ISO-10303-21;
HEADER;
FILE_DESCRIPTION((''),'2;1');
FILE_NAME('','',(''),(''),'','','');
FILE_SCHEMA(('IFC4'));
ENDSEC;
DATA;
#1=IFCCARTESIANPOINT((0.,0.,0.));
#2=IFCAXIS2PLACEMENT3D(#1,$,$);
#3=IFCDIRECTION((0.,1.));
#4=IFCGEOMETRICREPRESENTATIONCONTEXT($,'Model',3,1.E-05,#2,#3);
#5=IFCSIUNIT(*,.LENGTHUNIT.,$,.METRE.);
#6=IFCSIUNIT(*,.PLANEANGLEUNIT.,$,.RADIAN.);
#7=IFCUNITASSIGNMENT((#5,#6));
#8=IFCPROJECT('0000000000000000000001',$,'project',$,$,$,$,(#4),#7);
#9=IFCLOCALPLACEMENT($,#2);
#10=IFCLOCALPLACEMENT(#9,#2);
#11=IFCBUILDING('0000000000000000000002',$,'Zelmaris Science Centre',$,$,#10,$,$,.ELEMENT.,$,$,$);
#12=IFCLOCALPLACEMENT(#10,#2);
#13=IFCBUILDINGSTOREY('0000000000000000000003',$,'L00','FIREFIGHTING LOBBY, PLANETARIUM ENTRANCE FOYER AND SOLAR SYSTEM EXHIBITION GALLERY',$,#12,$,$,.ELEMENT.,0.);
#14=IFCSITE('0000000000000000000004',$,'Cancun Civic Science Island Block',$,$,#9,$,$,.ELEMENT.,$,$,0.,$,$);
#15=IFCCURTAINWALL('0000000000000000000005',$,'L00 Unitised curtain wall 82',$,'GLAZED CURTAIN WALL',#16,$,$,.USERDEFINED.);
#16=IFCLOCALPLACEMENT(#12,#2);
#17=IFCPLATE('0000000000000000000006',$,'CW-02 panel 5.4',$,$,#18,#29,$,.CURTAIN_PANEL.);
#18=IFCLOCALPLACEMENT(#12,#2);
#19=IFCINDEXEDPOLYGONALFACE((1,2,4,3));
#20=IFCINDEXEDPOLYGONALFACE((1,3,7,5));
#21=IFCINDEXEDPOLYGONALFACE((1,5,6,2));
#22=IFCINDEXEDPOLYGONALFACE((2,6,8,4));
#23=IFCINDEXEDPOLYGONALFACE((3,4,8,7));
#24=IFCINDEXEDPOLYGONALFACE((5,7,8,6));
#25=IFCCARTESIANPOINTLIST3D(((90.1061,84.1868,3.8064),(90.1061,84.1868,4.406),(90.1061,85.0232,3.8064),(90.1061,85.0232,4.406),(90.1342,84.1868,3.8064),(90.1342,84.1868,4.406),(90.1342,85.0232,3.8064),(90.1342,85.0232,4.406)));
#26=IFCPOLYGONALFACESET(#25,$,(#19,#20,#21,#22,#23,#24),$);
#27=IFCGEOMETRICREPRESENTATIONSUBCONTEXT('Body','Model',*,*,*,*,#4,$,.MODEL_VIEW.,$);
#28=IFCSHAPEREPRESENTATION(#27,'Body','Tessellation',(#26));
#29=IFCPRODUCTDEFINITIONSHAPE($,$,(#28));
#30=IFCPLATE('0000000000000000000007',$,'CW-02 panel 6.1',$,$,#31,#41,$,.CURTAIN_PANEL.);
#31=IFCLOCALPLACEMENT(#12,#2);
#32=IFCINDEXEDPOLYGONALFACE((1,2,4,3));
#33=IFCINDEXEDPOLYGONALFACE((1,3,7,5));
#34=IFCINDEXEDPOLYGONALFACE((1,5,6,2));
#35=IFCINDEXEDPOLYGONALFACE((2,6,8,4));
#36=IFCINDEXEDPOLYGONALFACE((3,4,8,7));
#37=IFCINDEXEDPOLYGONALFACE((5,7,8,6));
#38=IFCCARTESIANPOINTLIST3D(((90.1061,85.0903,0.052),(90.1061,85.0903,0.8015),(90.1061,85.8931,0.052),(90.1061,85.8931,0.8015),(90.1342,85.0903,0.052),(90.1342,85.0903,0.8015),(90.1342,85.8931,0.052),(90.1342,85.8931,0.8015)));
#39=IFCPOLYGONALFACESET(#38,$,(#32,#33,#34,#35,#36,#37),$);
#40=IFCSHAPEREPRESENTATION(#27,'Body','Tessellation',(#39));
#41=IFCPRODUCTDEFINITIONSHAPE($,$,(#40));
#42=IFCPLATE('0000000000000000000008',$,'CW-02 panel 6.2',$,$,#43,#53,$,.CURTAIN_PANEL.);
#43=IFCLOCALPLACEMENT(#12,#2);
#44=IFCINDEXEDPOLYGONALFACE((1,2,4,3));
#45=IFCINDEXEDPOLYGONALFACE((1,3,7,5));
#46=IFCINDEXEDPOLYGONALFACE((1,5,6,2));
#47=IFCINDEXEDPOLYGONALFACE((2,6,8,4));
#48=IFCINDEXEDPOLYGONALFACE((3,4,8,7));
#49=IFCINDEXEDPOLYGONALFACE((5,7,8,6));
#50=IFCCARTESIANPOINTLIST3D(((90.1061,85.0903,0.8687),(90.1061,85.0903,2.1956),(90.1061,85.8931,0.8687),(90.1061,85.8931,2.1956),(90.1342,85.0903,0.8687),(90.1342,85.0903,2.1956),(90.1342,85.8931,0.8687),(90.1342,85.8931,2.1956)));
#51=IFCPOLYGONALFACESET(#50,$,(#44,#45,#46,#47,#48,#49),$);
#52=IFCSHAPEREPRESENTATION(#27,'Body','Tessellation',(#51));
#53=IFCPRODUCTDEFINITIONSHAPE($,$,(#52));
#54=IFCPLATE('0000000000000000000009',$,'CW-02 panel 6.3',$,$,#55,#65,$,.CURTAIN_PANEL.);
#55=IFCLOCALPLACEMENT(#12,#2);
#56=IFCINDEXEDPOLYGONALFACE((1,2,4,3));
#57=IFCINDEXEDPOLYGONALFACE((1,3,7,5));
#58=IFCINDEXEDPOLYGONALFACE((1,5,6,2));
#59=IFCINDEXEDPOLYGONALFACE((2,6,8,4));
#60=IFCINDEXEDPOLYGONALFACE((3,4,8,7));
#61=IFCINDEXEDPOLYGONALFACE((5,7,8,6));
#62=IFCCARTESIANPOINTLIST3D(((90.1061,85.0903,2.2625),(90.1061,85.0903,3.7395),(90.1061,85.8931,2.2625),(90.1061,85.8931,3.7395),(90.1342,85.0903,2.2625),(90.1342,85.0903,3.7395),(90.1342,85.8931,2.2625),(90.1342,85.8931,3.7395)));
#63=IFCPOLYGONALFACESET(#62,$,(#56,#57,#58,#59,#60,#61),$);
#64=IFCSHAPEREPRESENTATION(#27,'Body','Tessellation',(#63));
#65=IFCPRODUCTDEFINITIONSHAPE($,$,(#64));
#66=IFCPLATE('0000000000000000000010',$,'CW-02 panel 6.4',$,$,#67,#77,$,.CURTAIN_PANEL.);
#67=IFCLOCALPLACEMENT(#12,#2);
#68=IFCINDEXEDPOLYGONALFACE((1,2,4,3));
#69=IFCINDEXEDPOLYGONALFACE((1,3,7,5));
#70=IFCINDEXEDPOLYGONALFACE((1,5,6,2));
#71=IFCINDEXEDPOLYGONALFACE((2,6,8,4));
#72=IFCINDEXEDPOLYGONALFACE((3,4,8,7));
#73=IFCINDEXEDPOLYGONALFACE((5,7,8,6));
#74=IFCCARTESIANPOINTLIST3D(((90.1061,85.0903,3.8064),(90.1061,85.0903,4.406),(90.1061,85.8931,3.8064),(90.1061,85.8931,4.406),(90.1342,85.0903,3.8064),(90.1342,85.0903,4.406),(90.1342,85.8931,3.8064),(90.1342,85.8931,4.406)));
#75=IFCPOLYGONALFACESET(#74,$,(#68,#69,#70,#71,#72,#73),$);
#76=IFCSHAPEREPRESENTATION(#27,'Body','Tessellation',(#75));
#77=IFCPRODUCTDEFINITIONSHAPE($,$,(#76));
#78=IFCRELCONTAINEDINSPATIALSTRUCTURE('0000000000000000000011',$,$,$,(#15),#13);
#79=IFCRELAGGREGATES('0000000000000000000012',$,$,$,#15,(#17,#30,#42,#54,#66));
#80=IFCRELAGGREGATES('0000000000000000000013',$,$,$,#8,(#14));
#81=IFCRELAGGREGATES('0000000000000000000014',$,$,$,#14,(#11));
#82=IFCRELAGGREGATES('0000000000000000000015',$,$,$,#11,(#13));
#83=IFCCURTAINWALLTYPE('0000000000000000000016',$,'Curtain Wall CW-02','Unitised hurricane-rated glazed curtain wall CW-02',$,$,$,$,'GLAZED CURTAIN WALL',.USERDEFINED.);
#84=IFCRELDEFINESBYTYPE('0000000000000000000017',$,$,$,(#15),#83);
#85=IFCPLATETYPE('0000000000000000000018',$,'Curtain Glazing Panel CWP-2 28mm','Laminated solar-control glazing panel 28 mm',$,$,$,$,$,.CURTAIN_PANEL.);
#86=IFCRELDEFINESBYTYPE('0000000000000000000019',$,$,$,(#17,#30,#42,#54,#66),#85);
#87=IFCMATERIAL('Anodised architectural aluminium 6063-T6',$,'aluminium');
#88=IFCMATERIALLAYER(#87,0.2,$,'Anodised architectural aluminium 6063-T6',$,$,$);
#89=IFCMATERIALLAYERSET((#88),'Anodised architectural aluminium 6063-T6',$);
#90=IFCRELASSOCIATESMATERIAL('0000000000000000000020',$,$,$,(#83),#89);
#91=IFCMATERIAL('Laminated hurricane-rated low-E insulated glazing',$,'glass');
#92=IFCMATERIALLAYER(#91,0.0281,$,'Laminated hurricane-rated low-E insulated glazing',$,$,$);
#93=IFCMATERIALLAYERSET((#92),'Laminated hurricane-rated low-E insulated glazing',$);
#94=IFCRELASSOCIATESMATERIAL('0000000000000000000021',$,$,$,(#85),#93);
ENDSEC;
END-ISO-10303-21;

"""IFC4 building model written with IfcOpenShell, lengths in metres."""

from ifc_helpers import new_model, si_unit, direction, frame, origin, origin_2d, place, context, subcontext, project, spatial, rectangle, extrude, material, layer, layer_set, type_object, element, aggregate, save


model = new_model("IFC4")

# Units and contexts
model_context = context("Model", 3, precision=1e-05, world=origin(), true_north=direction((0.0, 1.0)))
body_context = subcontext(model_context, "Body", "Model", "MODEL_VIEW")
ifc_project = project(units=[si_unit("LENGTHUNIT", "METRE"), si_unit("PLANEANGLEUNIT", "RADIAN")], contexts=[model_context])

# Site, building, storey
site_placement = place(None, origin())
site = spatial("IfcSite", under=ifc_project, at=site_placement, Name="Cancun Civic Science Island Block", CompositionType="ELEMENT", RefElevation=0.0)
building_placement = place(site_placement, origin())
building = spatial("IfcBuilding", under=site, at=building_placement, Name="Zelmaris Science Centre", CompositionType="ELEMENT")
storey_placement = place(building_placement, origin())
storey = spatial("IfcBuildingStorey", under=building, at=storey_placement, Name="L00", Description="FIREFIGHTING LOBBY, PLANETARIUM ENTRANCE FOYER AND SOLAR SYSTEM EXHIBITION GALLERY", CompositionType="ELEMENT", Elevation=0.0)

# Shared definitions
ifc_material_1 = material(Name="Anodised architectural aluminium 6063-T6", Category="aluminium")

# Curtain wall
ifc_layer_1 = layer(ifc_material_1, 0.2, Name="Anodised architectural aluminium 6063-T6")
ifc_layer_set_1 = layer_set([ifc_layer_1], Name="Anodised architectural aluminium 6063-T6")
curtain_wall_type_1 = type_object("IfcCurtainWallType", Name="Curtain Wall CW-02", Description="Unitised hurricane-rated glazed curtain wall CW-02", ElementType="GLAZED CURTAIN WALL", PredefinedType="USERDEFINED", material=ifc_layer_set_1)
curtain_wall_1_placement = place(storey_placement, origin())
curtain_wall_1 = element("IfcCurtainWall", 1, at=curtain_wall_1_placement, inside=storey, type_object=curtain_wall_type_1, Name="L00 Unitised curtain wall 82", ObjectType="GLAZED CURTAIN WALL", PredefinedType="USERDEFINED")

# Plates
ifc_material_2 = material(Name="Laminated hurricane-rated low-E insulated glazing", Category="glass")
ifc_layer_2 = layer(ifc_material_2, 0.0281, Name="Laminated hurricane-rated low-E insulated glazing")
ifc_layer_set_2 = layer_set([ifc_layer_2], Name="Laminated hurricane-rated low-E insulated glazing")
plate_type = type_object("IfcPlateType", Name="Curtain Glazing Panel CWP-2 28mm", Description="Laminated solar-control glazing panel 28 mm", PredefinedType="CURTAIN_PANEL", material=ifc_layer_set_2)
plate_1_placement = place(storey_placement, frame((90.1201, 84.605, 3.8064), z_axis=(0.0, 0.0, 1.0), x_axis=(0.0, 1.0, 0.0)))
plate_1 = element("IfcPlate", 2, at=plate_1_placement, type_object=plate_type, Name="CW-02 panel 5.4", PredefinedType="CURTAIN_PANEL", context=body_context, shape_type="SweptSolid", body=[
    extrude(rectangle(XDim=0.8364, YDim=0.0281, at=origin_2d()), origin(), (0.0, 0.0, 1.0), 0.5996),
])
plate_2_placement = place(storey_placement, frame((90.1201, 85.4917, 0.052), z_axis=(0.0, 0.0, 1.0), x_axis=(0.0, 1.0, 0.0)))
plate_2 = element("IfcPlate", 3, at=plate_2_placement, type_object=plate_type, Name="CW-02 panel 6.1", PredefinedType="CURTAIN_PANEL", context=body_context, shape_type="SweptSolid", body=[
    extrude(rectangle(XDim=0.8027, YDim=0.0281, at=origin_2d()), origin(), (0.0, 0.0, 1.0), 0.7495),
])
plate_3_placement = place(storey_placement, frame((90.1201, 85.4917, 0.8687), z_axis=(0.0, 0.0, 1.0), x_axis=(0.0, 1.0, 0.0)))
plate_3 = element("IfcPlate", 4, at=plate_3_placement, type_object=plate_type, Name="CW-02 panel 6.2", PredefinedType="CURTAIN_PANEL", context=body_context, shape_type="SweptSolid", body=[
    extrude(rectangle(XDim=0.8027, YDim=0.0281, at=origin_2d()), origin(), (0.0, 0.0, 1.0), 1.3269),
])
plate_4_placement = place(storey_placement, frame((90.1201, 85.4917, 2.2625), z_axis=(0.0, 0.0, 1.0), x_axis=(0.0, 1.0, 0.0)))
plate_4 = element("IfcPlate", 5, at=plate_4_placement, type_object=plate_type, Name="CW-02 panel 6.3", PredefinedType="CURTAIN_PANEL", context=body_context, shape_type="SweptSolid", body=[
    extrude(rectangle(XDim=0.8027, YDim=0.0281, at=origin_2d()), origin(), (0.0, 0.0, 1.0), 1.4771),
])
plate_5_placement = place(storey_placement, frame((90.1201, 85.4917, 3.8064), z_axis=(0.0, 0.0, 1.0), x_axis=(0.0, 1.0, 0.0)))
plate_5 = element("IfcPlate", 6, at=plate_5_placement, type_object=plate_type, Name="CW-02 panel 6.4", PredefinedType="CURTAIN_PANEL", context=body_context, shape_type="SweptSolid", body=[
    extrude(rectangle(XDim=0.8027, YDim=0.0281, at=origin_2d()), origin(), (0.0, 0.0, 1.0), 0.5996),
])
aggregate(curtain_wall_1, [plate_1, plate_2, plate_3, plate_4, plate_5])

save(model, "model.ifc")
